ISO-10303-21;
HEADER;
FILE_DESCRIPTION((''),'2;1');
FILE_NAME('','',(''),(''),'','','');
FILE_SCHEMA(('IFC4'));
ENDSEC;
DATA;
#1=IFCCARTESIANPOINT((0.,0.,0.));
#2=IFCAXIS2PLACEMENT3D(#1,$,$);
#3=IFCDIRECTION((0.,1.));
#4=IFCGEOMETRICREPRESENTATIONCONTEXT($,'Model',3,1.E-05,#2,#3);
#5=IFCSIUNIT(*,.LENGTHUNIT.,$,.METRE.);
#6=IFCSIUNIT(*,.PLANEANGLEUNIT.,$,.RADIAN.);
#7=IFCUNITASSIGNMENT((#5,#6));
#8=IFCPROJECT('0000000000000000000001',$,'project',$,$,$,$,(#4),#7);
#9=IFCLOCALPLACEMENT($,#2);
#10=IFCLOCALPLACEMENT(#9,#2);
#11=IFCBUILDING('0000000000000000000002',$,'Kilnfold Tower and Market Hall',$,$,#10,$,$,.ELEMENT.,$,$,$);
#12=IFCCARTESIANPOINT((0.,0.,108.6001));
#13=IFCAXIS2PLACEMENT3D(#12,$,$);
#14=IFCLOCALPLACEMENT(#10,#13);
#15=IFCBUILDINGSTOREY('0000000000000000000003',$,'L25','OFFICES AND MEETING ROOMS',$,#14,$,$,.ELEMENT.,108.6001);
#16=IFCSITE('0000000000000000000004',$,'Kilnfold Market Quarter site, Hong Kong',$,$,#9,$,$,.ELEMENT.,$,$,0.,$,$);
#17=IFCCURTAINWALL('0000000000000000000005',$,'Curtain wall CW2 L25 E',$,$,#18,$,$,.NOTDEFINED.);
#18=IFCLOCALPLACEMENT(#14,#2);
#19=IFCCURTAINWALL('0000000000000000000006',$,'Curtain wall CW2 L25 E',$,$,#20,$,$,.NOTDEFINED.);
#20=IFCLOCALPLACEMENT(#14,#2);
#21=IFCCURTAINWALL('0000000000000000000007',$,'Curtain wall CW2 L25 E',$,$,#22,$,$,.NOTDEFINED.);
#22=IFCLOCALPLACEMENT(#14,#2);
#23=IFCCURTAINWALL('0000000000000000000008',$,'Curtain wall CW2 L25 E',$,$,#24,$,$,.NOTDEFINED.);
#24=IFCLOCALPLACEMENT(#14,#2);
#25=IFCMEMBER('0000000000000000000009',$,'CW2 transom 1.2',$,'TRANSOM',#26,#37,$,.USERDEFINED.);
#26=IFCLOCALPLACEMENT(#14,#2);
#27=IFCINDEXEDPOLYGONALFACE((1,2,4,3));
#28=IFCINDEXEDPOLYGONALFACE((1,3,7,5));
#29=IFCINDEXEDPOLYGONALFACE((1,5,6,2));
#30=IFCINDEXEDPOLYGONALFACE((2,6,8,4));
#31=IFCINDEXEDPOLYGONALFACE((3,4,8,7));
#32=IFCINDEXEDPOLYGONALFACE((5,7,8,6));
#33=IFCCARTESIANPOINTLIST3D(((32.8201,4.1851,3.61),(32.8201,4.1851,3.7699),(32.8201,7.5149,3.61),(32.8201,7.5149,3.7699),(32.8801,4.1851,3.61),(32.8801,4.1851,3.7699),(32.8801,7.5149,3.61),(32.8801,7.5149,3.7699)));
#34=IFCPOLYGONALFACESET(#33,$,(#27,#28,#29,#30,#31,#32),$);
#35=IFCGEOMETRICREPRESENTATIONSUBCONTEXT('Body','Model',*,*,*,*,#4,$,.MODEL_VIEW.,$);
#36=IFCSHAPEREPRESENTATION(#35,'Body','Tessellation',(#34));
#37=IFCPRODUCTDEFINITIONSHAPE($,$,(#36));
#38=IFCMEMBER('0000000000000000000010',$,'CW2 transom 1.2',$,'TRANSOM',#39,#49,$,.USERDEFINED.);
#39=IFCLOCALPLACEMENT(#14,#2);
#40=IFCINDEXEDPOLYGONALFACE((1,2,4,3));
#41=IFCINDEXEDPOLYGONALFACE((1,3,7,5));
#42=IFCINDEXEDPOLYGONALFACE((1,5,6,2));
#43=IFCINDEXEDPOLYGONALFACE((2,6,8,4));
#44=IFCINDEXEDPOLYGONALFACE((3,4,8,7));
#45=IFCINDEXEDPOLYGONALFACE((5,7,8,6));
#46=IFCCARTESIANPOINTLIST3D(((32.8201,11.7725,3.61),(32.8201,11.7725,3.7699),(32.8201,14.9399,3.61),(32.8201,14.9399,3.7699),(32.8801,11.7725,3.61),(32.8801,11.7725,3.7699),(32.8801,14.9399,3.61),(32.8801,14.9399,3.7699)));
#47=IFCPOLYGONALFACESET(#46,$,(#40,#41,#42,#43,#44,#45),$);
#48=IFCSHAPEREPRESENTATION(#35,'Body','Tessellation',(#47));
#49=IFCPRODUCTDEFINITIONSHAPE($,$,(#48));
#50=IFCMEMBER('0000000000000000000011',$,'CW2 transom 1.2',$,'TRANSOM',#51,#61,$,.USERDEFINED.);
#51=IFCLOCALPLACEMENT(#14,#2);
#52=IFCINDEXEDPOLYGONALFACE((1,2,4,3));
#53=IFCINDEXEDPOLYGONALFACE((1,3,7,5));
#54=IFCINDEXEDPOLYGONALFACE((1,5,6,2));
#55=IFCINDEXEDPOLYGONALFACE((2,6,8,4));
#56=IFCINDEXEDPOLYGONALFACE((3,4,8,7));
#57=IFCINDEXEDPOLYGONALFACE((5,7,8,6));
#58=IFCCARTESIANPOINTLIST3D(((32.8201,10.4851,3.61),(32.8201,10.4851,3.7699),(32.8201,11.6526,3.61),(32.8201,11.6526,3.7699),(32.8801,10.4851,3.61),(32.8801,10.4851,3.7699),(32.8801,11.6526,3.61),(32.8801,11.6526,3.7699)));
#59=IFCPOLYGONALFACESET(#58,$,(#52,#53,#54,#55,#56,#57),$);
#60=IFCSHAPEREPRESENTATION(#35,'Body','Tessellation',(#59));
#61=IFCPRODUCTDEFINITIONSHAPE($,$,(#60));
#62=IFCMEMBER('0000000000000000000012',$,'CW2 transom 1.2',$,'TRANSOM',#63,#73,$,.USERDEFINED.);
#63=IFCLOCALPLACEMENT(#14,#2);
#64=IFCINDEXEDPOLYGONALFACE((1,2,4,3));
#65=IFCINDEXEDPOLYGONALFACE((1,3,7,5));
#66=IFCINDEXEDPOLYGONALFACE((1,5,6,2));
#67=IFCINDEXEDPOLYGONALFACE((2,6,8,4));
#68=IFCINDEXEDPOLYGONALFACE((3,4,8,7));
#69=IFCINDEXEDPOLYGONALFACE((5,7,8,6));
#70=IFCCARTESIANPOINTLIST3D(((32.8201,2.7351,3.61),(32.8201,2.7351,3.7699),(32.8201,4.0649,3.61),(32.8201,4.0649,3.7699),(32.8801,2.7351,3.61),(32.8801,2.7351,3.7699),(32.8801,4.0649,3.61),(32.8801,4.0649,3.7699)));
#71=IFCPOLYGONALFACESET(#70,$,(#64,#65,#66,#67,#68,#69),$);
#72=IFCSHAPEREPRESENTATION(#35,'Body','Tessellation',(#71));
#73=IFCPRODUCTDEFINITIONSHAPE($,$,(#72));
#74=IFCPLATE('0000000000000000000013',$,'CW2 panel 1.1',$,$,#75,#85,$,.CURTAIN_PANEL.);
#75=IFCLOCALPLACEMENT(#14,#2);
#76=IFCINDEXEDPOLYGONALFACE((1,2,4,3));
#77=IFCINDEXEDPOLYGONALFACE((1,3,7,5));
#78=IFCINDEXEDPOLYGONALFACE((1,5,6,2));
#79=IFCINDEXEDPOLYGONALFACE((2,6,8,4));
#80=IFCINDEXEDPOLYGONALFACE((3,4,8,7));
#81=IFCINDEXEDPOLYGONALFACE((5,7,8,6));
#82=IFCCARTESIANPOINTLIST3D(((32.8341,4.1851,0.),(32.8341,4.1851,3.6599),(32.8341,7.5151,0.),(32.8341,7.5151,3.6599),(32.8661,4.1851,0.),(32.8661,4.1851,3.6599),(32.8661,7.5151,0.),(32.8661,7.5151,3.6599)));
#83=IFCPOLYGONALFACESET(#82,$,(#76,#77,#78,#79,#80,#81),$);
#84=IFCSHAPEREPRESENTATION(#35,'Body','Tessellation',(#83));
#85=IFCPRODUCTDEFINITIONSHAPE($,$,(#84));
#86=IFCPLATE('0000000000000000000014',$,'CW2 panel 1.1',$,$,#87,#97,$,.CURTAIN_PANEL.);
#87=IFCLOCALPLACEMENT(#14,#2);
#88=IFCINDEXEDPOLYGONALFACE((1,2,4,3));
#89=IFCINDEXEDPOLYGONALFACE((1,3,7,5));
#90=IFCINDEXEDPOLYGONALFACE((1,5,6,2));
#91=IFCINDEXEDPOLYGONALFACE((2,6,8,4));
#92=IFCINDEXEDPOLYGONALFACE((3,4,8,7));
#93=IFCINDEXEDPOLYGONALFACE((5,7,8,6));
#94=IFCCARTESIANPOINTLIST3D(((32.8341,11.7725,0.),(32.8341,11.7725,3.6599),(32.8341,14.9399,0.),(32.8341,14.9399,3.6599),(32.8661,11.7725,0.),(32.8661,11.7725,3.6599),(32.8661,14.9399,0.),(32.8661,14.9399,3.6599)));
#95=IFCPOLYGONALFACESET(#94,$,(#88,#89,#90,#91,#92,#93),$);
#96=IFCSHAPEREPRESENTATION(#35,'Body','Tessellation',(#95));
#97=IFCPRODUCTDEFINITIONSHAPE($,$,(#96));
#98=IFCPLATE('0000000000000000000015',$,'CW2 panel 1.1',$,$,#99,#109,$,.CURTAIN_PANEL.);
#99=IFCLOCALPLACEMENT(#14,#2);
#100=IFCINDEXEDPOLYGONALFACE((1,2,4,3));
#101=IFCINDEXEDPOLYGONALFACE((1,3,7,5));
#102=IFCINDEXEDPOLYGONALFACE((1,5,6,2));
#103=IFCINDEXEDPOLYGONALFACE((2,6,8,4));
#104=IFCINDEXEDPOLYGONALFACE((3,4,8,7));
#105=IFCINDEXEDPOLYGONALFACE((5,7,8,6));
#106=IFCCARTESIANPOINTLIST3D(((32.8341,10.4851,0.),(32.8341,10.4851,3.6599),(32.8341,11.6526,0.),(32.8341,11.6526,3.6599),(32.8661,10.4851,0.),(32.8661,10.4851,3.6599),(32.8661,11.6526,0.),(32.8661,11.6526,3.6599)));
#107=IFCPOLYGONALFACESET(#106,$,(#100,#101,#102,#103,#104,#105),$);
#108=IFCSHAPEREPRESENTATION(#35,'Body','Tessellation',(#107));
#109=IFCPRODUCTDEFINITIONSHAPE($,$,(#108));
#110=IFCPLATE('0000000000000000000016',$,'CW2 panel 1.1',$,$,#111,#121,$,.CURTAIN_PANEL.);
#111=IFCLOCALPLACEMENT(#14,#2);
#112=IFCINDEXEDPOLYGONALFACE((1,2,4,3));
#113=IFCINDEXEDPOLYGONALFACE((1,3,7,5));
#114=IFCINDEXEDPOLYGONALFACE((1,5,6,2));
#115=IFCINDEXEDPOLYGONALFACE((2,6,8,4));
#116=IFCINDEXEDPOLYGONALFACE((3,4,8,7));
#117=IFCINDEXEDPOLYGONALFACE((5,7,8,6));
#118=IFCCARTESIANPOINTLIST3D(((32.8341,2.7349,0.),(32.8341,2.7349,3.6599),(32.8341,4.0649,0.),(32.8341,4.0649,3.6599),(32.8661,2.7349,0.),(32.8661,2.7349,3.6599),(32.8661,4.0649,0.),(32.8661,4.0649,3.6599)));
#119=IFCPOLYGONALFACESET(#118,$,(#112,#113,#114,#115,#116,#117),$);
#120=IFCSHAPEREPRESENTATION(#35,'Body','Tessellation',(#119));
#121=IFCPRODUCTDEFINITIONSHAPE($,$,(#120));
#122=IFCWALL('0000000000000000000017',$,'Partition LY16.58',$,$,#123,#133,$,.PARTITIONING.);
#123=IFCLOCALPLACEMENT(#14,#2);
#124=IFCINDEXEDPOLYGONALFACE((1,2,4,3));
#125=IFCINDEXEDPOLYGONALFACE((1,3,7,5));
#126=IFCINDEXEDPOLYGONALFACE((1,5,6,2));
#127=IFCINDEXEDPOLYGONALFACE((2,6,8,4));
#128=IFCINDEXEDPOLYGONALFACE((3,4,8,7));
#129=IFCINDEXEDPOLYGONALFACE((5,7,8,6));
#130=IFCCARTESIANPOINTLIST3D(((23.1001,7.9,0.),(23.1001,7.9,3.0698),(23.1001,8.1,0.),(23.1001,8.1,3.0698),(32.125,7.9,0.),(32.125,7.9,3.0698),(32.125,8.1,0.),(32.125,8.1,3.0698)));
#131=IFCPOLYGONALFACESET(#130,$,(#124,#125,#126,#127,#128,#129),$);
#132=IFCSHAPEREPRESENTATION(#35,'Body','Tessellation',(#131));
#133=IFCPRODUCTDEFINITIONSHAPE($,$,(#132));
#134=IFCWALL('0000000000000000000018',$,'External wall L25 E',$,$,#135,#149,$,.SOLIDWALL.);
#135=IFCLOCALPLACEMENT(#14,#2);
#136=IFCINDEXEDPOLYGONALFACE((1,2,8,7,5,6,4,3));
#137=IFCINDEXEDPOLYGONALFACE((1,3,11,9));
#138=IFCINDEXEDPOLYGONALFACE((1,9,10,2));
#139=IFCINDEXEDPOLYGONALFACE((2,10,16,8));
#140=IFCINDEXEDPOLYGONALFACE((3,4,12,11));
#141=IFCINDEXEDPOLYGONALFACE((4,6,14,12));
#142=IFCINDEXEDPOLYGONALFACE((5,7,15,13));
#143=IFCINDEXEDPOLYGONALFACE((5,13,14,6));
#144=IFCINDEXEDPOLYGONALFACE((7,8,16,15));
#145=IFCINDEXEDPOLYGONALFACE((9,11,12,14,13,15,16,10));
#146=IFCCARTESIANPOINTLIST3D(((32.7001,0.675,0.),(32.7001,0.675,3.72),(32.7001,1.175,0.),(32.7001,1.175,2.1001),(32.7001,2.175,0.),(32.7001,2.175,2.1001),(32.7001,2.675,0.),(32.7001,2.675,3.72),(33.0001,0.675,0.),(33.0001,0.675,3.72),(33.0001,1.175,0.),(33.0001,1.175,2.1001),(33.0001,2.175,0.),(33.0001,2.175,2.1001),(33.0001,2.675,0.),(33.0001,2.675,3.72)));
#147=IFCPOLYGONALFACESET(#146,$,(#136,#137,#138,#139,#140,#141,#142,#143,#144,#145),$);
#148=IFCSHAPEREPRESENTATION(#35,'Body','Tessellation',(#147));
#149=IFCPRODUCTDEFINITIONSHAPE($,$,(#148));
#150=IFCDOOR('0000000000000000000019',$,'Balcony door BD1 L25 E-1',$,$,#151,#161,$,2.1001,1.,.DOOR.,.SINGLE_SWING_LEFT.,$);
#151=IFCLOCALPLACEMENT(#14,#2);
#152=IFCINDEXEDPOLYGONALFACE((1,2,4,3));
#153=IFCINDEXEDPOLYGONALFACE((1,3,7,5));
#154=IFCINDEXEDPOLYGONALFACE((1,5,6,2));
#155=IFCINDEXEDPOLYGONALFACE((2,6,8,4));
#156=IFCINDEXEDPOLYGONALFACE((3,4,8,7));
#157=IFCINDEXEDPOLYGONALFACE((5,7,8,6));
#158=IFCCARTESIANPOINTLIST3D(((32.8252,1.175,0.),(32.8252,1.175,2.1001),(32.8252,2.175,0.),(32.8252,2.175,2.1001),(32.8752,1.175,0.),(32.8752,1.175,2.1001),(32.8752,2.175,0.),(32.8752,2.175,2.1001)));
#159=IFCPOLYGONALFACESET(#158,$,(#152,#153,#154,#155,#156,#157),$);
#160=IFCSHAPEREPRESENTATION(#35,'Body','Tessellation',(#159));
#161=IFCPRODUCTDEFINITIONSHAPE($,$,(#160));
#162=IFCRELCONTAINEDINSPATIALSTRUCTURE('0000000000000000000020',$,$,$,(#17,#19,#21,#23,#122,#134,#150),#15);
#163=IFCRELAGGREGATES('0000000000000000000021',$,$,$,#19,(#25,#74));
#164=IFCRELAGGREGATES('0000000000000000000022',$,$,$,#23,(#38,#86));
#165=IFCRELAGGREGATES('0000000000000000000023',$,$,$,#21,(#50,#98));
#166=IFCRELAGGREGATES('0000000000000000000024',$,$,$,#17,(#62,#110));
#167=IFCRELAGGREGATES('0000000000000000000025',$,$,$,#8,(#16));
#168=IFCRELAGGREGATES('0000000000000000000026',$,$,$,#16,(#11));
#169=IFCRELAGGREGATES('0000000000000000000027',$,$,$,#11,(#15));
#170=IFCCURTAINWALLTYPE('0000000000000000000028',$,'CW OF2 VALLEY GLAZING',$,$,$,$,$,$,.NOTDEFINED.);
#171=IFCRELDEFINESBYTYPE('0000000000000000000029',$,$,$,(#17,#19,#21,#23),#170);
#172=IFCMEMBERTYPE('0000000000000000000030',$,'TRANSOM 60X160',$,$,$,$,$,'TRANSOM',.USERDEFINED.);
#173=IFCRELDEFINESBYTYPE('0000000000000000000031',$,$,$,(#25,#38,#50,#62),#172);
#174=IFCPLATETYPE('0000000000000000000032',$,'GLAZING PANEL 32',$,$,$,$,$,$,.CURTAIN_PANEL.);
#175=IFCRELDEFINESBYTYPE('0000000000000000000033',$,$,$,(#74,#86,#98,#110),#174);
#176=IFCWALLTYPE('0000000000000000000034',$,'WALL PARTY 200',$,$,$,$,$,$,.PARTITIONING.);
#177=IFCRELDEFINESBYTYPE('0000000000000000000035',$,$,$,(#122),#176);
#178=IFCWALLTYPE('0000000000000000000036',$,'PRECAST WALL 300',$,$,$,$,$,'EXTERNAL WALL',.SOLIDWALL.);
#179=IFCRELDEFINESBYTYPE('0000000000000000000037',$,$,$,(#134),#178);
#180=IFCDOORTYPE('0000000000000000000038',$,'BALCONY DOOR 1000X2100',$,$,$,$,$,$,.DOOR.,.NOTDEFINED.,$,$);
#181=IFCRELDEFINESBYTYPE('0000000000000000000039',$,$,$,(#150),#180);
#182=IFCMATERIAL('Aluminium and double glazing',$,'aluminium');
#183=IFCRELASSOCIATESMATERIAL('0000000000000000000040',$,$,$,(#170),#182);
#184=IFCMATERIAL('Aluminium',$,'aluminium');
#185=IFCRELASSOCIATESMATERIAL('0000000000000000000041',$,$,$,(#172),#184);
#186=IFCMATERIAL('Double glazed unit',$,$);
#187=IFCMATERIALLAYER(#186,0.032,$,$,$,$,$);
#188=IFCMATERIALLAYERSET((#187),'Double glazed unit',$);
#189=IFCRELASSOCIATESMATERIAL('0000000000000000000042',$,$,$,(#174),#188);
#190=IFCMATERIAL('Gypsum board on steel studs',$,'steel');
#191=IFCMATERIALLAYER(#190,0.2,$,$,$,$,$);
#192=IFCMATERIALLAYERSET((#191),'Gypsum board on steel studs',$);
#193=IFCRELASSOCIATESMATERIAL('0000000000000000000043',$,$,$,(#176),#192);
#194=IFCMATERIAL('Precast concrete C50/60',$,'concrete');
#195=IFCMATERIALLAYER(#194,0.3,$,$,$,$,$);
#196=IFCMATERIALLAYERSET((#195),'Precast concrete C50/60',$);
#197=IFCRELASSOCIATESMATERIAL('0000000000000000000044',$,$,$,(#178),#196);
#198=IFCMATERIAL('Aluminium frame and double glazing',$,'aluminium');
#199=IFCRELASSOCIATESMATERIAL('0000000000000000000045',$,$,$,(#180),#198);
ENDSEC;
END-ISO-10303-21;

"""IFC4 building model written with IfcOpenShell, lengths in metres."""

from ifc_helpers import new_model, si_unit, direction, frame, frame_2d, origin, origin_2d, place, context, subcontext, project, spatial, rectangle, extrude, source, transform, mapped, material, layer, layer_set, material_profile, profile_set, type_object, element, fill, aggregate, save


model = new_model("IFC4")

# Units and contexts
model_context = context("Model", 3, precision=1e-05, world=origin(), true_north=direction((0.0, 1.0)))
body_context = subcontext(model_context, "Body", "Model", "MODEL_VIEW")
ifc_project = project(units=[si_unit("LENGTHUNIT", "METRE"), si_unit("PLANEANGLEUNIT", "RADIAN")], contexts=[model_context])

# Site, building, storey
site_placement = place(None, origin())
site = spatial("IfcSite", under=ifc_project, at=site_placement, Name="Kilnfold Market Quarter site, Hong Kong", CompositionType="ELEMENT", RefElevation=0.0)
building_placement = place(site_placement, origin())
building = spatial("IfcBuilding", under=site, at=building_placement, Name="Kilnfold Tower and Market Hall", CompositionType="ELEMENT")
storey_placement = place(building_placement, frame((0.0, 0.0, 108.6001)))
storey = spatial("IfcBuildingStorey", under=building, at=storey_placement, Name="L25", Description="OFFICES AND MEETING ROOMS", CompositionType="ELEMENT", Elevation=108.6001)

# Curtain walls
ifc_material_1 = material(Name="Aluminium and double glazing", Category="aluminium")
curtain_wall_type = type_object("IfcCurtainWallType", Name="CW OF2 VALLEY GLAZING", PredefinedType="NOTDEFINED", material=ifc_material_1)
curtain_wall_1_placement = place(storey_placement, origin())
curtain_wall_1 = element("IfcCurtainWall", 1, at=curtain_wall_1_placement, inside=storey, type_object=curtain_wall_type, Name="Curtain wall CW2 L25 E", PredefinedType="NOTDEFINED")
curtain_wall_2_placement = place(storey_placement, origin())
curtain_wall_2 = element("IfcCurtainWall", 2, at=curtain_wall_2_placement, inside=storey, type_object=curtain_wall_type, Name="Curtain wall CW2 L25 E", PredefinedType="NOTDEFINED")
curtain_wall_3_placement = place(storey_placement, origin())
curtain_wall_3 = element("IfcCurtainWall", 3, at=curtain_wall_3_placement, inside=storey, type_object=curtain_wall_type, Name="Curtain wall CW2 L25 E", PredefinedType="NOTDEFINED")

# Curtain wall
curtain_wall_4_placement = place(storey_placement, origin())
curtain_wall_4 = element("IfcCurtainWall", 4, at=curtain_wall_4_placement, inside=storey, type_object=curtain_wall_type, Name="Curtain wall CW2 L25 E", PredefinedType="NOTDEFINED")

# Members
ifc_material_2 = material(Name="Aluminium", Category="aluminium")
ifc_material_profile_1 = material_profile(ifc_material_2, rectangle(XDim=0.0601, YDim=0.1599, at=origin_2d()), Name="TRANSOM 60x160")
ifc_profile_set_1 = profile_set([ifc_material_profile_1], Name="Aluminium")
member_type_1 = type_object("IfcMemberType", Name="TRANSOM 60X160", ElementType="TRANSOM", PredefinedType="USERDEFINED", material=ifc_profile_set_1)
shared_shape_1 = source(origin(), body_context, "Body", "SweptSolid", [
    extrude(rectangle(XDim=0.0601, YDim=0.1599, at=origin_2d()), origin(), (0.0, 0.0, 1.0), 3.3298),
])
member_1_placement = place(storey_placement, frame((32.8501, 4.1851, 3.6899), z_axis=(0.0, 1.0, 0.0), x_axis=(-1.0, 0.0, 0.0)))
member_1 = element("IfcMember", 5, at=member_1_placement, type_object=member_type_1, Name="CW2 transom 1.2", ObjectType="TRANSOM", PredefinedType="USERDEFINED", context=body_context, shape_type="MappedRepresentation", body=[
    mapped(shared_shape_1, transform((0.0, 0.0, 0.0))),
])
shared_shape_2 = source(origin(), body_context, "Body", "SweptSolid", [
    extrude(rectangle(XDim=0.0601, YDim=0.1599, at=origin_2d()), origin(), (0.0, 0.0, 1.0), 3.1675),
])
member_2_placement = place(storey_placement, frame((32.8501, 11.7725, 3.6899), z_axis=(0.0, 1.0, 0.0), x_axis=(-1.0, 0.0, 0.0)))
member_2 = element("IfcMember", 6, at=member_2_placement, type_object=member_type_1, Name="CW2 transom 1.2", ObjectType="TRANSOM", PredefinedType="USERDEFINED", context=body_context, shape_type="MappedRepresentation", body=[
    mapped(shared_shape_2, transform((0.0, 0.0, 0.0))),
])
shared_shape_3 = source(origin(), body_context, "Body", "SweptSolid", [
    extrude(rectangle(XDim=0.0601, YDim=0.1599, at=origin_2d()), origin(), (0.0, 0.0, 1.0), 1.1675),
])
member_3_placement = place(storey_placement, frame((32.8501, 10.4851, 3.6899), z_axis=(0.0, 1.0, 0.0), x_axis=(-1.0, 0.0, 0.0)))
member_3 = element("IfcMember", 7, at=member_3_placement, type_object=member_type_1, Name="CW2 transom 1.2", ObjectType="TRANSOM", PredefinedType="USERDEFINED", context=body_context, shape_type="MappedRepresentation", body=[
    mapped(shared_shape_3, transform((0.0, 0.0, 0.0))),
])
shared_shape_4 = source(origin(), body_context, "Body", "SweptSolid", [
    extrude(rectangle(XDim=0.0601, YDim=0.1599, at=origin_2d()), origin(), (0.0, 0.0, 1.0), 1.3298),
])
member_4_placement = place(storey_placement, frame((32.8501, 2.7351, 3.6899), z_axis=(0.0, 1.0, 0.0), x_axis=(-1.0, 0.0, 0.0)))
member_4 = element("IfcMember", 8, at=member_4_placement, type_object=member_type_1, Name="CW2 transom 1.2", ObjectType="TRANSOM", PredefinedType="USERDEFINED", context=body_context, shape_type="MappedRepresentation", body=[
    mapped(shared_shape_4, transform((0.0, 0.0, 0.0))),
])

# Plates
ifc_material_3 = material(Name="Double glazed unit")
ifc_layer_1 = layer(ifc_material_3, 0.032)
ifc_layer_set_1 = layer_set([ifc_layer_1], Name="Double glazed unit")
plate_type = type_object("IfcPlateType", Name="GLAZING PANEL 32", PredefinedType="CURTAIN_PANEL", material=ifc_layer_set_1)
shared_shape_5 = source(origin(), body_context, "Body", "SweptSolid", [
    extrude(rectangle(XDim=3.3301, YDim=0.032, at=origin_2d()), origin(), (0.0, 0.0, 1.0), 3.6599),
])
plate_1_placement = place(storey_placement, frame((32.8501, 5.8501, 0.0), z_axis=(0.0, 0.0, 1.0), x_axis=(0.0, 1.0, 0.0)))
plate_1 = element("IfcPlate", 9, at=plate_1_placement, type_object=plate_type, Name="CW2 panel 1.1", PredefinedType="CURTAIN_PANEL", context=body_context, shape_type="MappedRepresentation", body=[
    mapped(shared_shape_5, transform((0.0, 0.0, 0.0))),
])
aggregate(curtain_wall_2, [member_1, plate_1])
shared_shape_6 = source(origin(), body_context, "Body", "SweptSolid", [
    extrude(rectangle(XDim=3.1675, YDim=0.032, at=origin_2d()), origin(), (0.0, 0.0, 1.0), 3.6599),
])
plate_2_placement = place(storey_placement, frame((32.8501, 13.3562, 0.0), z_axis=(0.0, 0.0, 1.0), x_axis=(0.0, 1.0, 0.0)))
plate_2 = element("IfcPlate", 10, at=plate_2_placement, type_object=plate_type, Name="CW2 panel 1.1", PredefinedType="CURTAIN_PANEL", context=body_context, shape_type="MappedRepresentation", body=[
    mapped(shared_shape_6, transform((0.0, 0.0, 0.0))),
])
aggregate(curtain_wall_4, [member_2, plate_2])
shared_shape_7 = source(origin(), body_context, "Body", "SweptSolid", [
    extrude(rectangle(XDim=1.1675, YDim=0.032, at=origin_2d()), origin(), (0.0, 0.0, 1.0), 3.6599),
])
plate_3_placement = place(storey_placement, frame((32.8501, 11.0688, 0.0), z_axis=(0.0, 0.0, 1.0), x_axis=(0.0, 1.0, 0.0)))
plate_3 = element("IfcPlate", 11, at=plate_3_placement, type_object=plate_type, Name="CW2 panel 1.1", PredefinedType="CURTAIN_PANEL", context=body_context, shape_type="MappedRepresentation", body=[
    mapped(shared_shape_7, transform((0.0, 0.0, 0.0))),
])
aggregate(curtain_wall_3, [member_3, plate_3])
shared_shape_8 = source(origin(), body_context, "Body", "SweptSolid", [
    extrude(rectangle(XDim=1.3301, YDim=0.032, at=origin_2d()), origin(), (0.0, 0.0, 1.0), 3.6599),
])
plate_4_placement = place(storey_placement, frame((32.8501, 3.3999, 0.0), z_axis=(0.0, 0.0, 1.0), x_axis=(0.0, 1.0, 0.0)))
plate_4 = element("IfcPlate", 12, at=plate_4_placement, type_object=plate_type, Name="CW2 panel 1.1", PredefinedType="CURTAIN_PANEL", context=body_context, shape_type="MappedRepresentation", body=[
    mapped(shared_shape_8, transform((0.0, 0.0, 0.0))),
])
aggregate(curtain_wall_1, [member_4, plate_4])

# Wall
ifc_material_4 = material(Name="Gypsum board on steel studs", Category="steel")
ifc_layer_2 = layer(ifc_material_4, 0.2)
ifc_layer_set_2 = layer_set([ifc_layer_2], Name="Gypsum board on steel studs")
wall_type_1 = type_object("IfcWallType", Name="WALL PARTY 200", PredefinedType="PARTITIONING", material=ifc_layer_set_2)
wall_1_placement = place(storey_placement, frame((23.1001, 8.0, 0.0), z_axis=(0.0, 0.0, 1.0), x_axis=(1.0, 0.0, 0.0)))
element("IfcWall", 13, at=wall_1_placement, inside=storey, type_object=wall_type_1, Name="Partition LY16.58", PredefinedType="PARTITIONING", context=body_context, shape_type="SweptSolid", body=[
    extrude(rectangle(XDim=9.0249, YDim=0.2, at=frame_2d((4.5125, 0.0))), origin(), (0.0, 0.0, 1.0), 3.0698),
])

# Wall, opening, door
ifc_material_5 = material(Name="Precast concrete C50/60", Category="concrete")
ifc_layer_3 = layer(ifc_material_5, 0.3)
ifc_layer_set_3 = layer_set([ifc_layer_3], Name="Precast concrete C50/60")
wall_type_2 = type_object("IfcWallType", Name="PRECAST WALL 300", ElementType="EXTERNAL WALL", PredefinedType="SOLIDWALL", material=ifc_layer_set_3)
shared_shape_9 = source(origin(), body_context, "Body", "SweptSolid", [
    extrude(rectangle(XDim=2.0, YDim=0.3, at=frame_2d((1.0, 0.0))), origin(), (0.0, 0.0, 1.0), 3.72),
])
wall_2_placement = place(storey_placement, frame((32.8501, 0.675, 0.0), z_axis=(0.0, 0.0, 1.0), x_axis=(0.0, 1.0, 0.0)))
wall_2 = element("IfcWall", 14, at=wall_2_placement, inside=storey, type_object=wall_type_2, Name="External wall L25 E", PredefinedType="SOLIDWALL", context=body_context, shape_type="MappedRepresentation", body=[
    mapped(shared_shape_9, transform((0.0, 0.0, 0.0))),
])
opening_1_placement = place(wall_2_placement, frame((0.5, 0.0, 0.0)))
opening_1 = element("IfcOpeningElement", 15, at=opening_1_placement, cuts=wall_2, PredefinedType="OPENING", context=body_context, shape_type="SweptSolid", body=[
    extrude(rectangle(XDim=1.0, YDim=2.1001, at=frame_2d((0.5, 1.05))), frame((0.0, 0.1602, 0.0), z_axis=(0.0, -1.0, 0.0), x_axis=(1.0, 0.0, 0.0)), (0.0, 0.0, 1.0), 0.3201),
])
ifc_material_6 = material(Name="Aluminium frame and double glazing", Category="aluminium")
door_type = type_object("IfcDoorType", Name="BALCONY DOOR 1000X2100", OperationType="NOTDEFINED", PredefinedType="DOOR", material=ifc_material_6)
door_1_placement = place(opening_1_placement, origin())
door_1 = element("IfcDoor", 16, at=door_1_placement, inside=storey, type_object=door_type, Name="Balcony door BD1 L25 E-1", OperationType="SINGLE_SWING_LEFT", OverallHeight=2.1001, OverallWidth=1.0, PredefinedType="DOOR", context=body_context, shape_type="SweptSolid", body=[
    extrude(rectangle(XDim=1.0, YDim=2.1001, at=frame_2d((0.5, 1.05))), frame((0.0, 0.0249, 0.0), z_axis=(0.0, -1.0, 0.0), x_axis=(1.0, 0.0, 0.0)), (0.0, 0.0, 1.0), 0.05),
])
fill(opening_1, door_1)

save(model, "model.ifc")
